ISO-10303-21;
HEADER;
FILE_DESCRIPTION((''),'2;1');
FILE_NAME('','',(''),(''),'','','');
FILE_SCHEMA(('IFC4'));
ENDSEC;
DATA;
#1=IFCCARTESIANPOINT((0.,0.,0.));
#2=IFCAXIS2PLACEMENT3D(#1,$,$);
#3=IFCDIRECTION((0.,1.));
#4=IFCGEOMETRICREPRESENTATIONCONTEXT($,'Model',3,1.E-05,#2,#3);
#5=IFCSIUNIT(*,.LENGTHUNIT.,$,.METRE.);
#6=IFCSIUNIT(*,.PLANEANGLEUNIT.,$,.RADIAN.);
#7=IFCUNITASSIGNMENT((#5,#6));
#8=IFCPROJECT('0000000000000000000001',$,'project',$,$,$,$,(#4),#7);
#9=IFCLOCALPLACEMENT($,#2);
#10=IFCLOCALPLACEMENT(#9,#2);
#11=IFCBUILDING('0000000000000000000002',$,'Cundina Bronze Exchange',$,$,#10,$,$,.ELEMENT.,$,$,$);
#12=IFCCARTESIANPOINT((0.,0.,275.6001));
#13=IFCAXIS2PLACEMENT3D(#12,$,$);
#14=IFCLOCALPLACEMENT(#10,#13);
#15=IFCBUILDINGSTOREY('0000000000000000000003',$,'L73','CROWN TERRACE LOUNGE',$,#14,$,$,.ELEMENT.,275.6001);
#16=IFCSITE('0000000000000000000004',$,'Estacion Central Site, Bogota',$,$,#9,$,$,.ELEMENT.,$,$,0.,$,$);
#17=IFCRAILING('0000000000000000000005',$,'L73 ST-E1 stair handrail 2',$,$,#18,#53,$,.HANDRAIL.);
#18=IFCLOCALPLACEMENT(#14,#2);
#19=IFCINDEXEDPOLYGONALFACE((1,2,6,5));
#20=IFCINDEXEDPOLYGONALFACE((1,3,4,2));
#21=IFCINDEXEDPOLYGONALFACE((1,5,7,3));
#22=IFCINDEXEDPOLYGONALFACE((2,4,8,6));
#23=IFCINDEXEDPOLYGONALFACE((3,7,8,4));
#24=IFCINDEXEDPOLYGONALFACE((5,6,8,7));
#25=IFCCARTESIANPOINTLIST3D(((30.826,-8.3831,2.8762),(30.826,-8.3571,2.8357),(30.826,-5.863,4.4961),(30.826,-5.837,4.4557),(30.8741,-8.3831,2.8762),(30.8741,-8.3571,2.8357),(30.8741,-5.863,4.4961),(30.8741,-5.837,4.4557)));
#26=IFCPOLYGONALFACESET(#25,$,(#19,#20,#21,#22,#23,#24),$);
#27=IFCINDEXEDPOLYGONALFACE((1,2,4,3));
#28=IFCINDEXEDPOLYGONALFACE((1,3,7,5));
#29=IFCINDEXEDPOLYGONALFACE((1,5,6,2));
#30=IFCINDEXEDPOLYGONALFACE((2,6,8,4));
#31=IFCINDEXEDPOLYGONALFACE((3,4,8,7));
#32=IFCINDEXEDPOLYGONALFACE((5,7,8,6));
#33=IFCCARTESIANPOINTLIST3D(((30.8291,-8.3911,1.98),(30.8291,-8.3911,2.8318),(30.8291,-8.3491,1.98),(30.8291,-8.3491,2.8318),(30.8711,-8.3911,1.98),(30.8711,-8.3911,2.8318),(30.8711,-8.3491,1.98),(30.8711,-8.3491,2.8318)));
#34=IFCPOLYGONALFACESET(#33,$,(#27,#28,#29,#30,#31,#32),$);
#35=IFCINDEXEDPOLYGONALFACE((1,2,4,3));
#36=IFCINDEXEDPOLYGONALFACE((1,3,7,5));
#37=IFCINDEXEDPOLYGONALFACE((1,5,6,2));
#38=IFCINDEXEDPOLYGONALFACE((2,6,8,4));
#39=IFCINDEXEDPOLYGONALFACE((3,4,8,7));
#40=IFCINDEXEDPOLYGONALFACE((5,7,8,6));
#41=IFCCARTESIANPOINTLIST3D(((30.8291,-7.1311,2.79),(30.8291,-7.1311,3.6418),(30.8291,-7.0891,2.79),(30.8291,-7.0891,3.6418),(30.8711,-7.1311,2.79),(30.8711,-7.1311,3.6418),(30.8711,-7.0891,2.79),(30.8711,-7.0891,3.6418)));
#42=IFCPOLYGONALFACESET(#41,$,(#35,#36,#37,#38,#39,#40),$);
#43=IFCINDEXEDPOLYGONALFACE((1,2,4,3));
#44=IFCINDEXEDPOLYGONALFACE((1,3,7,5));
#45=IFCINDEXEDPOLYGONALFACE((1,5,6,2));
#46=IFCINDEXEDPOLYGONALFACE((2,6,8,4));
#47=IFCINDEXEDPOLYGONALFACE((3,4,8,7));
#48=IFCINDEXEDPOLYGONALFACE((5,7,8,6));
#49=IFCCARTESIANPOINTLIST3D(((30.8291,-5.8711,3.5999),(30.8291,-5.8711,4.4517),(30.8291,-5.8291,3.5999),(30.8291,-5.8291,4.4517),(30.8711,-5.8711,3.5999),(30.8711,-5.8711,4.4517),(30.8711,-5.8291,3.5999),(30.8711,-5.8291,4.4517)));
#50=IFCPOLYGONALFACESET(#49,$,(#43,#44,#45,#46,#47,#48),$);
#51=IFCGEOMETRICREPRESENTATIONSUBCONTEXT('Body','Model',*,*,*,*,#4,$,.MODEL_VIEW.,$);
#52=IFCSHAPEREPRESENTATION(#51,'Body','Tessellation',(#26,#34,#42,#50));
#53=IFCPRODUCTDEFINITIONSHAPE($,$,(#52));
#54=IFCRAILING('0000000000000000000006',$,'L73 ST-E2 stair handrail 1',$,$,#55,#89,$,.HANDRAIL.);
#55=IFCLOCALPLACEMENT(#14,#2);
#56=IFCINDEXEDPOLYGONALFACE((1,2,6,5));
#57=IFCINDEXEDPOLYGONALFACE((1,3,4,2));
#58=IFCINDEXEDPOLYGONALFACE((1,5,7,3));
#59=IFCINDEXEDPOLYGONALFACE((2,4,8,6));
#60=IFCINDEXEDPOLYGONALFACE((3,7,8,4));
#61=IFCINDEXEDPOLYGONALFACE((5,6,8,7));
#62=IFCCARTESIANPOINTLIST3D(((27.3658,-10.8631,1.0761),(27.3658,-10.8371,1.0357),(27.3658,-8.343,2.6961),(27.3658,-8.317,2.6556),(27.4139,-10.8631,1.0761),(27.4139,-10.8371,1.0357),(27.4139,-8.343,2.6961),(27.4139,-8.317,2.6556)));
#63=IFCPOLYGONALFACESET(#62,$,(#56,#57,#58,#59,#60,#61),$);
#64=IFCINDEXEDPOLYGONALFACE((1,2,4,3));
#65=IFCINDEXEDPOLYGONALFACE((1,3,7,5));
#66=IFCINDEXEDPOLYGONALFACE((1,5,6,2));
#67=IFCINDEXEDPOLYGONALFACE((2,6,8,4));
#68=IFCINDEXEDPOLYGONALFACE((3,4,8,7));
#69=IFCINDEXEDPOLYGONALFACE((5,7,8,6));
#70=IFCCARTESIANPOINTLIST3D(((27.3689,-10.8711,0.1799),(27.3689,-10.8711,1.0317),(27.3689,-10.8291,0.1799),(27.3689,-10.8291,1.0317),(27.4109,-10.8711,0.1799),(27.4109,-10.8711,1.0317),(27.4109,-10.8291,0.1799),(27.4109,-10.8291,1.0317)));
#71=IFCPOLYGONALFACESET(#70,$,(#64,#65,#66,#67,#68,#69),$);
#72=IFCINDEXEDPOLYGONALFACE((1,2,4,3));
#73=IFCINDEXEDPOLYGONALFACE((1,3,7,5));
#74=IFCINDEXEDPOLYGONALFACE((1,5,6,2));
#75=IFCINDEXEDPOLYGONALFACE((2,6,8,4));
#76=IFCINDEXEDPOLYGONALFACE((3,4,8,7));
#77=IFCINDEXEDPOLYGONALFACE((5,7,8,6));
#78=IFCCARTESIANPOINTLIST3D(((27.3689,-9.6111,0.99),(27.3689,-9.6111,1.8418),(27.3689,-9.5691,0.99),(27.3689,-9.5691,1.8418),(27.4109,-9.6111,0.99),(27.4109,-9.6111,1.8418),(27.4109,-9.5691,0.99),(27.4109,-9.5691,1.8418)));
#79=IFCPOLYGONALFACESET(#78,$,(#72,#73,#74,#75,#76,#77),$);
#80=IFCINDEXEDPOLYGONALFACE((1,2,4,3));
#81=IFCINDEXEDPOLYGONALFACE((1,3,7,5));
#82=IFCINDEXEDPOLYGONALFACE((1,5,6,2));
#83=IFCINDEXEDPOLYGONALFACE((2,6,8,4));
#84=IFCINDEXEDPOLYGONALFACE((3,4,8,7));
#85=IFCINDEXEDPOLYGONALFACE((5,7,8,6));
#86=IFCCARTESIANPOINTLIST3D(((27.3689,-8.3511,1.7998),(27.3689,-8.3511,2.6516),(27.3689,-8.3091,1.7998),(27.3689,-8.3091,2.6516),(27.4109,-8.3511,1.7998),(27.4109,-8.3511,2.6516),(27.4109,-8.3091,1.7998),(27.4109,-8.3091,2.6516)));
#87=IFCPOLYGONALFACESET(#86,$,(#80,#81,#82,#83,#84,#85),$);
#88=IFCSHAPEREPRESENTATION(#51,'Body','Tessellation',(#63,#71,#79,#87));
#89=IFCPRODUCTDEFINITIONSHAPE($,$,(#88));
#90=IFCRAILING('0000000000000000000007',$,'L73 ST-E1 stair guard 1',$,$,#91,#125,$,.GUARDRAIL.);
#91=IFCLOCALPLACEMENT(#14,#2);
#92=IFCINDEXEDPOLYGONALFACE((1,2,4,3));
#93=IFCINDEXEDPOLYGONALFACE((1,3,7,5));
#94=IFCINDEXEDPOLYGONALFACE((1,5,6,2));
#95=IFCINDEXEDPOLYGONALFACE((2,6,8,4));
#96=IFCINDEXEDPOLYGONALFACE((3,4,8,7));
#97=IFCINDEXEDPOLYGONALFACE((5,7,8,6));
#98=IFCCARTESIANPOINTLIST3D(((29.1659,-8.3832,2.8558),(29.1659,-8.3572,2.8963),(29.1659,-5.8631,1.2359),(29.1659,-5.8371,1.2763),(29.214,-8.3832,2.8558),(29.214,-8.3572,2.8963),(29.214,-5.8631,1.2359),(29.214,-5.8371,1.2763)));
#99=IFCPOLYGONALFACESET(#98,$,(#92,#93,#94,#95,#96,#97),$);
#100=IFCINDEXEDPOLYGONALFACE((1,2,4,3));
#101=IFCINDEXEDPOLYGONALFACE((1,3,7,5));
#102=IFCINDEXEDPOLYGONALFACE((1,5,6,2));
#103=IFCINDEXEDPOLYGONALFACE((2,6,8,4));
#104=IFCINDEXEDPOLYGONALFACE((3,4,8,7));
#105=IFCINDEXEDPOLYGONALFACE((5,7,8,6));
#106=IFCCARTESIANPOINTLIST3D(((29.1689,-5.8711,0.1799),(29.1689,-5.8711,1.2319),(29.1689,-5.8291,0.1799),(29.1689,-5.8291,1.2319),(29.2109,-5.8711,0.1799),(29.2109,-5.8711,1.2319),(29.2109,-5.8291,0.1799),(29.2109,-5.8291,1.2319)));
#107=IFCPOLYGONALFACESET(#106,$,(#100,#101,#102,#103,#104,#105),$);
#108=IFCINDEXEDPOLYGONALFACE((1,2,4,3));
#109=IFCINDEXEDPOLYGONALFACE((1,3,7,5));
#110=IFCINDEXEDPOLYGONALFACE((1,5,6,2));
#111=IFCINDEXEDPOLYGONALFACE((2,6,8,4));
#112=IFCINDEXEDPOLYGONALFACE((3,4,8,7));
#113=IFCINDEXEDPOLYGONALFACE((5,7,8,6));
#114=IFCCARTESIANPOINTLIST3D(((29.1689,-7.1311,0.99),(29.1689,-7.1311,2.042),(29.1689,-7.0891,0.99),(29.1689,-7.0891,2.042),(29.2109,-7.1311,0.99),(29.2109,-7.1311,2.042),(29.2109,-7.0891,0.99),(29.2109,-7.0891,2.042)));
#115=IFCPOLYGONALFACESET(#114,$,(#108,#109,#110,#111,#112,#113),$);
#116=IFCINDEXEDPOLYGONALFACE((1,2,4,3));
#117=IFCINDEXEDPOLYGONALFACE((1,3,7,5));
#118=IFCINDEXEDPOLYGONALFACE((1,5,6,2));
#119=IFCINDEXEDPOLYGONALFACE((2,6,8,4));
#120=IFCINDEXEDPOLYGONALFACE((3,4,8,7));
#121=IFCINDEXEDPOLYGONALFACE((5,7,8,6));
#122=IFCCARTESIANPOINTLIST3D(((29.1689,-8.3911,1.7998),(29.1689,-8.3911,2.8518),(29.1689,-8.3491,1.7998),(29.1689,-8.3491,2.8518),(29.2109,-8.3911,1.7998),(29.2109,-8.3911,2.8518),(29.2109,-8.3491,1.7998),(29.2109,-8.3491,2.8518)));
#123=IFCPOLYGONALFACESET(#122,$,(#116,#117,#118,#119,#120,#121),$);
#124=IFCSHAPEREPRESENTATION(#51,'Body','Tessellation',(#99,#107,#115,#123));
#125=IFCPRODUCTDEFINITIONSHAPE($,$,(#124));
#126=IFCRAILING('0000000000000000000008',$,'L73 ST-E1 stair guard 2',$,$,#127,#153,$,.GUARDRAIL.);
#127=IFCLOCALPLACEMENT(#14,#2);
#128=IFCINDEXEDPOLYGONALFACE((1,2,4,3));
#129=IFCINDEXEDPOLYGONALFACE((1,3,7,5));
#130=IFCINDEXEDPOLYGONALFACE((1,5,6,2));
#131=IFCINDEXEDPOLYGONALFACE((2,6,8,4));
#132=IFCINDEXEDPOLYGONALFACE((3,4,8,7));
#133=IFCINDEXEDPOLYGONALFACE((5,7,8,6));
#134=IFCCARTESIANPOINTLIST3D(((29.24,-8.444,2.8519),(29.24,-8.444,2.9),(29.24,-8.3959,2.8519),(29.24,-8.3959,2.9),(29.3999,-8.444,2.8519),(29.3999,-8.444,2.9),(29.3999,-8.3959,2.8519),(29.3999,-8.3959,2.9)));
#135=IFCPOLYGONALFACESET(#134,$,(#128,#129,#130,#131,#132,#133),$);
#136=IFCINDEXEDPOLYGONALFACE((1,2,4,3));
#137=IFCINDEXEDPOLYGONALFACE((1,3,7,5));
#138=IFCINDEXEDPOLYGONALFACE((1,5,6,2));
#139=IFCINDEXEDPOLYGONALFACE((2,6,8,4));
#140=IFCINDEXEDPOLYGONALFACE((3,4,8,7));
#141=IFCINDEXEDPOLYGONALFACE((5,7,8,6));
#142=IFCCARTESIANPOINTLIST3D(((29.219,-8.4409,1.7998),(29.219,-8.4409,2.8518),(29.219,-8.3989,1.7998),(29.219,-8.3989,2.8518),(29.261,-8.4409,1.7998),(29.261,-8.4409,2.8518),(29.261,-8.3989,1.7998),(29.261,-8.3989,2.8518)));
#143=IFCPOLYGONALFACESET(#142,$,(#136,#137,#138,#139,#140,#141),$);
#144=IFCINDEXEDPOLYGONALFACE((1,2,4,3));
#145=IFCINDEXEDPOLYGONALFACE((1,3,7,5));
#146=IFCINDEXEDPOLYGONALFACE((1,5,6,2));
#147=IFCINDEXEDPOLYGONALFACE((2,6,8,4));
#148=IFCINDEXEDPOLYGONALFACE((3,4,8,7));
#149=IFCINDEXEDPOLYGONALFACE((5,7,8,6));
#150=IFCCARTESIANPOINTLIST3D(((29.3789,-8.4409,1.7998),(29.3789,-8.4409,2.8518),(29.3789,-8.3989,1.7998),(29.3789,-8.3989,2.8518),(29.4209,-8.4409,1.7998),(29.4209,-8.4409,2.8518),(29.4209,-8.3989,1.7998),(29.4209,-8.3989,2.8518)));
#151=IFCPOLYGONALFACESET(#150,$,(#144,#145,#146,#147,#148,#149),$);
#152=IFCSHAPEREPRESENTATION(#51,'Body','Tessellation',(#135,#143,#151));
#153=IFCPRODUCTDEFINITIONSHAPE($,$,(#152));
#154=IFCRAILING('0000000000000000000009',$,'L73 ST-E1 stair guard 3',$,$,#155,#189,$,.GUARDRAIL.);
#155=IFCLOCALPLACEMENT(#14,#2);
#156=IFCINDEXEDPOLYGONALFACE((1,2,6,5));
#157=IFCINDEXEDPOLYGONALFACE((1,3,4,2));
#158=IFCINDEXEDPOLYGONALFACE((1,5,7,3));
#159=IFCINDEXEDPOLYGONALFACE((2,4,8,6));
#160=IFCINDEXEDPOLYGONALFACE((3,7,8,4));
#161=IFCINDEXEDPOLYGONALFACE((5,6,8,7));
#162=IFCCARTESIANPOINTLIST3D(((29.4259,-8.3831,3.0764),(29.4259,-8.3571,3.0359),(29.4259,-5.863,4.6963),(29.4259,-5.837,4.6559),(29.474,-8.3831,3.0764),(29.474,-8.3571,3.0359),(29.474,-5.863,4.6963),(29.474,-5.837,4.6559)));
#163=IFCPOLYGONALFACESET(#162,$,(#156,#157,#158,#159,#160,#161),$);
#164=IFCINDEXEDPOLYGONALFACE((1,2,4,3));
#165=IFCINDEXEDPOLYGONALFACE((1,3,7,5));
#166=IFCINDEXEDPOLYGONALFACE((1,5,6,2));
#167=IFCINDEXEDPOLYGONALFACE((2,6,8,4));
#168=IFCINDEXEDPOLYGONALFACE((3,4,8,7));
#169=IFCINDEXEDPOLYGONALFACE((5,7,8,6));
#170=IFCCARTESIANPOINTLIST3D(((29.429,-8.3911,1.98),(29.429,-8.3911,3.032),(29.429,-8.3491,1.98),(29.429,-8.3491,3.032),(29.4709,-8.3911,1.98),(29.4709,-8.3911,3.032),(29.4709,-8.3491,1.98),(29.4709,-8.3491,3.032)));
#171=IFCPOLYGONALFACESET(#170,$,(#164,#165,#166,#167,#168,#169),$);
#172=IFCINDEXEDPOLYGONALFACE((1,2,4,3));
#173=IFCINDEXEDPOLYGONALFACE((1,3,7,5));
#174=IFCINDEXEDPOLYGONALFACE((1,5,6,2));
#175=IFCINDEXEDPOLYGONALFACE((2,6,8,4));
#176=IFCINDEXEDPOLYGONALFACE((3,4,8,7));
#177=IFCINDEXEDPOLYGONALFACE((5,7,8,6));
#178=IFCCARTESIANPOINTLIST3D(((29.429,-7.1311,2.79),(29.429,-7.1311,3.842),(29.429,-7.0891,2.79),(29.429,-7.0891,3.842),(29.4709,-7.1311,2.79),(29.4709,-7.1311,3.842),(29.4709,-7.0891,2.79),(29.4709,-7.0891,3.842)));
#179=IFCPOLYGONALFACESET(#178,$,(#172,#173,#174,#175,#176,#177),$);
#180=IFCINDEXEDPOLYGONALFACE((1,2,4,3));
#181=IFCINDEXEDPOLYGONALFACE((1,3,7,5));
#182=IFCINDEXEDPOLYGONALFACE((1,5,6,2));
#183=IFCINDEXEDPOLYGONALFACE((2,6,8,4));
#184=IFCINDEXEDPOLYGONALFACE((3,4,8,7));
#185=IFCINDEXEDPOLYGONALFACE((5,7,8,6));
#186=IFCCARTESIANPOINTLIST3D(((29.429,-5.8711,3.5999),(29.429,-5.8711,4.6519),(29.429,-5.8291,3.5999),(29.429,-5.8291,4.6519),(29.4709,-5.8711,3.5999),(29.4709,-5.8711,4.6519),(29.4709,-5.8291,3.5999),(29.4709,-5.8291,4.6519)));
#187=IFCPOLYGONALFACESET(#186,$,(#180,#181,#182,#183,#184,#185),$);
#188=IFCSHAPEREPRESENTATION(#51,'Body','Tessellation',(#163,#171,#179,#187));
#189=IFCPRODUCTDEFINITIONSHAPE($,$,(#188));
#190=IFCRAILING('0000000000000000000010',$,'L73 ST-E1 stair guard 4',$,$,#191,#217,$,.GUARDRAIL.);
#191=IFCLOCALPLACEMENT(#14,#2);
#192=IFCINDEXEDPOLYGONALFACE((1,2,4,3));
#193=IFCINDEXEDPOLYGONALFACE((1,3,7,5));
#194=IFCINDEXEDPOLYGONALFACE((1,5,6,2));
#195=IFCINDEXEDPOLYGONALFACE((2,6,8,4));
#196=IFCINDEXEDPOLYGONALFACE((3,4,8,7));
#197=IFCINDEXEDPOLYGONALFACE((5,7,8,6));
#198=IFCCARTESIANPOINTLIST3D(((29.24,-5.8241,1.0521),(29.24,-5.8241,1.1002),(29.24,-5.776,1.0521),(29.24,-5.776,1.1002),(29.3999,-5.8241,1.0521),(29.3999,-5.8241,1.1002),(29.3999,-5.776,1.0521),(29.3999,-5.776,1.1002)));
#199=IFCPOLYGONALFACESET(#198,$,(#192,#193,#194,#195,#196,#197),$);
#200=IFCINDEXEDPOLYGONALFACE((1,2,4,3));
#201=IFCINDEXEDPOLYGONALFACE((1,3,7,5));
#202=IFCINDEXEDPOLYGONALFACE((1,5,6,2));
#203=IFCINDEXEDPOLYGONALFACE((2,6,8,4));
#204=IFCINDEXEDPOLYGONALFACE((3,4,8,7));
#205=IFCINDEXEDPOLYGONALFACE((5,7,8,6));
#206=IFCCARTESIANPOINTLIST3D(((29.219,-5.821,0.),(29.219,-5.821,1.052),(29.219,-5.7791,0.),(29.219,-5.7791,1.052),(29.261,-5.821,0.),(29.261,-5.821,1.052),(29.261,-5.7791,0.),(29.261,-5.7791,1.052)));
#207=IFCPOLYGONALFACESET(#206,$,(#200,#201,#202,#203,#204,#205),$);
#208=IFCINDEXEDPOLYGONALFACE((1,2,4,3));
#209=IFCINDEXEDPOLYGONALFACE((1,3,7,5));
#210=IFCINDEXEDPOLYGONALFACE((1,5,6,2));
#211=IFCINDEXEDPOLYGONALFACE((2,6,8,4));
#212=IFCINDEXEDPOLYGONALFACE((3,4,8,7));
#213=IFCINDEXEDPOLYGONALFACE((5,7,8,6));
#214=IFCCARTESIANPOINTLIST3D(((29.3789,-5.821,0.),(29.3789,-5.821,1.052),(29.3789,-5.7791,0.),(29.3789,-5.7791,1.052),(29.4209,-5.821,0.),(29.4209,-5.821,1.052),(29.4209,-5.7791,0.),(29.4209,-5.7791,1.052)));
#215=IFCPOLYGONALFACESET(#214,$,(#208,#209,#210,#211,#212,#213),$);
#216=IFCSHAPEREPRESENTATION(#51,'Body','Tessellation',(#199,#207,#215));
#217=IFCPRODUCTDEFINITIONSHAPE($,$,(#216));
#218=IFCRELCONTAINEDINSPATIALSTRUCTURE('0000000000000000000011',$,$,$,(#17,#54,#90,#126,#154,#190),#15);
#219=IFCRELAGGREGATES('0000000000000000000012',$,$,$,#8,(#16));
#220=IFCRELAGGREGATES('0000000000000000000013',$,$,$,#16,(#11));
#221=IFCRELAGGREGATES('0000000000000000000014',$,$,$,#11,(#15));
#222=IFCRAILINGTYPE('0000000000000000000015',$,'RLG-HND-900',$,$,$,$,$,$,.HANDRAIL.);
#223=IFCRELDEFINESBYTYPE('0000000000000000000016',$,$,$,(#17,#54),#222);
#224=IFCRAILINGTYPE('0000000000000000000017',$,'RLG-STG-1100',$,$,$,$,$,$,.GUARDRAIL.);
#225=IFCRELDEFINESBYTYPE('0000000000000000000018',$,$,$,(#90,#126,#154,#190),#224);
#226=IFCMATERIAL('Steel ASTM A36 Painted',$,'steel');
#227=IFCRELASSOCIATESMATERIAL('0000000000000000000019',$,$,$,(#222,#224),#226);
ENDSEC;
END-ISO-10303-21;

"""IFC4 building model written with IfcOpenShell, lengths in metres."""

from ifc_helpers import new_model, si_unit, direction, frame, origin, origin_2d, place, context, subcontext, project, spatial, rectangle, extrude, material, type_object, element, save


model = new_model("IFC4")

# Units and contexts
model_context = context("Model", 3, precision=1e-05, world=origin(), true_north=direction((0.0, 1.0)))
body_context = subcontext(model_context, "Body", "Model", "MODEL_VIEW")
ifc_project = project(units=[si_unit("LENGTHUNIT", "METRE"), si_unit("PLANEANGLEUNIT", "RADIAN")], contexts=[model_context])

# Site, building, storey
site_placement = place(None, origin())
site = spatial("IfcSite", under=ifc_project, at=site_placement, Name="Estacion Central Site, Bogota", CompositionType="ELEMENT", RefElevation=0.0)
building_placement = place(site_placement, origin())
building = spatial("IfcBuilding", under=site, at=building_placement, Name="Cundina Bronze Exchange", CompositionType="ELEMENT")
storey_placement = place(building_placement, frame((0.0, 0.0, 275.6001)))
storey = spatial("IfcBuildingStorey", under=building, at=storey_placement, Name="L73", Description="CROWN TERRACE LOUNGE", CompositionType="ELEMENT", Elevation=275.6001)

# Shared definitions
ifc_material_1 = material(Name="Steel ASTM A36 Painted", Category="steel")

# Railings
railing_type_1 = type_object("IfcRailingType", Name="RLG-HND-900", PredefinedType="HANDRAIL", material=ifc_material_1)
for number, where, name in (
    (1, (30.8501, -8.3701, 1.98), "L73 ST-E1 stair handrail 2"),
    (2, (27.3899, -10.8501, 0.1799), "L73 ST-E2 stair handrail 1"),
):
    element("IfcRailing", number, at=place(storey_placement, frame(where)), inside=storey, type_object=railing_type_1, Name=name, PredefinedType="HANDRAIL", context=body_context, shape_type="SweptSolid", body=[
        extrude(rectangle(XDim=0.0481, YDim=0.0481, at=origin_2d()), frame((0.0, 0.0, 0.876), z_axis=(0.0, 0.8412, 0.540725), x_axis=(-1.0, 0.0, 0.0)), (0.0, 0.0, 1.0), 2.9958),
        extrude(rectangle(XDim=0.042, YDim=0.042, at=origin_2d()), origin(), (0.0, 0.0, 1.0), 0.8518),
        extrude(rectangle(XDim=0.042, YDim=0.042, at=origin_2d()), frame((0.0, 1.26, 0.8101)), (0.0, 0.0, 1.0), 0.8518),
        extrude(rectangle(XDim=0.042, YDim=0.042, at=origin_2d()), frame((0.0, 2.52, 1.6199)), (0.0, 0.0, 1.0), 0.8518),
    ])
railing_type_2 = type_object("IfcRailingType", Name="RLG-STG-1100", PredefinedType="GUARDRAIL", material=ifc_material_1)
railing_1_placement = place(storey_placement, frame((29.1899, -5.8501, 0.1799)))
element("IfcRailing", 3, at=railing_1_placement, inside=storey, type_object=railing_type_2, Name="L73 ST-E1 stair guard 1", PredefinedType="GUARDRAIL", context=body_context, shape_type="SweptSolid", body=[
    extrude(rectangle(XDim=0.0481, YDim=0.0481, at=origin_2d()), frame((0.0, 0.0, 1.0762), z_axis=(0.0, -0.8412, 0.540725), x_axis=(1.0, 0.0, 0.0)), (0.0, 0.0, 1.0), 2.9958),
    extrude(rectangle(XDim=0.042, YDim=0.042, at=origin_2d()), origin(), (0.0, 0.0, 1.0), 1.052),
    extrude(rectangle(XDim=0.042, YDim=0.042, at=origin_2d()), frame((0.0, -1.26, 0.8101)), (0.0, 0.0, 1.0), 1.052),
    extrude(rectangle(XDim=0.042, YDim=0.042, at=origin_2d()), frame((0.0, -2.52, 1.6199)), (0.0, 0.0, 1.0), 1.052),
])
railing_2_placement = place(storey_placement, frame((29.24, -8.4199, 1.7998)))
element("IfcRailing", 4, at=railing_2_placement, inside=storey, type_object=railing_type_2, Name="L73 ST-E1 stair guard 2", PredefinedType="GUARDRAIL", context=body_context, shape_type="SweptSolid", body=[
    extrude(rectangle(XDim=0.0481, YDim=0.0481, at=origin_2d()), frame((0.0, 0.0, 1.0762), z_axis=(1.0, 0.0, 0.0), x_axis=(0.0, 1.0, 0.0)), (0.0, 0.0, 1.0), 0.1599),
    extrude(rectangle(XDim=0.042, YDim=0.042, at=origin_2d()), origin(), (0.0, 0.0, 1.0), 1.052),
    extrude(rectangle(XDim=0.042, YDim=0.042, at=origin_2d()), frame((0.1599, 0.0, 0.0)), (0.0, 0.0, 1.0), 1.052),
])
railing_3_placement = place(storey_placement, frame((29.45, -8.3701, 1.98)))
element("IfcRailing", 5, at=railing_3_placement, inside=storey, type_object=railing_type_2, Name="L73 ST-E1 stair guard 3", PredefinedType="GUARDRAIL", context=body_context, shape_type="SweptSolid", body=[
    extrude(rectangle(XDim=0.0481, YDim=0.0481, at=origin_2d()), frame((0.0, 0.0, 1.0762), z_axis=(0.0, 0.8412, 0.540725), x_axis=(-1.0, 0.0, 0.0)), (0.0, 0.0, 1.0), 2.9958),
    extrude(rectangle(XDim=0.042, YDim=0.042, at=origin_2d()), origin(), (0.0, 0.0, 1.0), 1.052),
    extrude(rectangle(XDim=0.042, YDim=0.042, at=origin_2d()), frame((0.0, 1.26, 0.8101)), (0.0, 0.0, 1.0), 1.052),
    extrude(rectangle(XDim=0.042, YDim=0.042, at=origin_2d()), frame((0.0, 2.52, 1.6199)), (0.0, 0.0, 1.0), 1.052),
])
railing_4_placement = place(storey_placement, frame((29.24, -5.8, 0.0)))
element("IfcRailing", 6, at=railing_4_placement, inside=storey, type_object=railing_type_2, Name="L73 ST-E1 stair guard 4", PredefinedType="GUARDRAIL", context=body_context, shape_type="SweptSolid", body=[
    extrude(rectangle(XDim=0.0481, YDim=0.0481, at=origin_2d()), frame((0.0, 0.0, 1.0762), z_axis=(1.0, 0.0, 0.0), x_axis=(0.0, 1.0, 0.0)), (0.0, 0.0, 1.0), 0.1599),
    extrude(rectangle(XDim=0.042, YDim=0.042, at=origin_2d()), origin(), (0.0, 0.0, 1.0), 1.052),
    extrude(rectangle(XDim=0.042, YDim=0.042, at=origin_2d()), frame((0.1599, 0.0, 0.0)), (0.0, 0.0, 1.0), 1.052),
])

save(model, "model.ifc")
